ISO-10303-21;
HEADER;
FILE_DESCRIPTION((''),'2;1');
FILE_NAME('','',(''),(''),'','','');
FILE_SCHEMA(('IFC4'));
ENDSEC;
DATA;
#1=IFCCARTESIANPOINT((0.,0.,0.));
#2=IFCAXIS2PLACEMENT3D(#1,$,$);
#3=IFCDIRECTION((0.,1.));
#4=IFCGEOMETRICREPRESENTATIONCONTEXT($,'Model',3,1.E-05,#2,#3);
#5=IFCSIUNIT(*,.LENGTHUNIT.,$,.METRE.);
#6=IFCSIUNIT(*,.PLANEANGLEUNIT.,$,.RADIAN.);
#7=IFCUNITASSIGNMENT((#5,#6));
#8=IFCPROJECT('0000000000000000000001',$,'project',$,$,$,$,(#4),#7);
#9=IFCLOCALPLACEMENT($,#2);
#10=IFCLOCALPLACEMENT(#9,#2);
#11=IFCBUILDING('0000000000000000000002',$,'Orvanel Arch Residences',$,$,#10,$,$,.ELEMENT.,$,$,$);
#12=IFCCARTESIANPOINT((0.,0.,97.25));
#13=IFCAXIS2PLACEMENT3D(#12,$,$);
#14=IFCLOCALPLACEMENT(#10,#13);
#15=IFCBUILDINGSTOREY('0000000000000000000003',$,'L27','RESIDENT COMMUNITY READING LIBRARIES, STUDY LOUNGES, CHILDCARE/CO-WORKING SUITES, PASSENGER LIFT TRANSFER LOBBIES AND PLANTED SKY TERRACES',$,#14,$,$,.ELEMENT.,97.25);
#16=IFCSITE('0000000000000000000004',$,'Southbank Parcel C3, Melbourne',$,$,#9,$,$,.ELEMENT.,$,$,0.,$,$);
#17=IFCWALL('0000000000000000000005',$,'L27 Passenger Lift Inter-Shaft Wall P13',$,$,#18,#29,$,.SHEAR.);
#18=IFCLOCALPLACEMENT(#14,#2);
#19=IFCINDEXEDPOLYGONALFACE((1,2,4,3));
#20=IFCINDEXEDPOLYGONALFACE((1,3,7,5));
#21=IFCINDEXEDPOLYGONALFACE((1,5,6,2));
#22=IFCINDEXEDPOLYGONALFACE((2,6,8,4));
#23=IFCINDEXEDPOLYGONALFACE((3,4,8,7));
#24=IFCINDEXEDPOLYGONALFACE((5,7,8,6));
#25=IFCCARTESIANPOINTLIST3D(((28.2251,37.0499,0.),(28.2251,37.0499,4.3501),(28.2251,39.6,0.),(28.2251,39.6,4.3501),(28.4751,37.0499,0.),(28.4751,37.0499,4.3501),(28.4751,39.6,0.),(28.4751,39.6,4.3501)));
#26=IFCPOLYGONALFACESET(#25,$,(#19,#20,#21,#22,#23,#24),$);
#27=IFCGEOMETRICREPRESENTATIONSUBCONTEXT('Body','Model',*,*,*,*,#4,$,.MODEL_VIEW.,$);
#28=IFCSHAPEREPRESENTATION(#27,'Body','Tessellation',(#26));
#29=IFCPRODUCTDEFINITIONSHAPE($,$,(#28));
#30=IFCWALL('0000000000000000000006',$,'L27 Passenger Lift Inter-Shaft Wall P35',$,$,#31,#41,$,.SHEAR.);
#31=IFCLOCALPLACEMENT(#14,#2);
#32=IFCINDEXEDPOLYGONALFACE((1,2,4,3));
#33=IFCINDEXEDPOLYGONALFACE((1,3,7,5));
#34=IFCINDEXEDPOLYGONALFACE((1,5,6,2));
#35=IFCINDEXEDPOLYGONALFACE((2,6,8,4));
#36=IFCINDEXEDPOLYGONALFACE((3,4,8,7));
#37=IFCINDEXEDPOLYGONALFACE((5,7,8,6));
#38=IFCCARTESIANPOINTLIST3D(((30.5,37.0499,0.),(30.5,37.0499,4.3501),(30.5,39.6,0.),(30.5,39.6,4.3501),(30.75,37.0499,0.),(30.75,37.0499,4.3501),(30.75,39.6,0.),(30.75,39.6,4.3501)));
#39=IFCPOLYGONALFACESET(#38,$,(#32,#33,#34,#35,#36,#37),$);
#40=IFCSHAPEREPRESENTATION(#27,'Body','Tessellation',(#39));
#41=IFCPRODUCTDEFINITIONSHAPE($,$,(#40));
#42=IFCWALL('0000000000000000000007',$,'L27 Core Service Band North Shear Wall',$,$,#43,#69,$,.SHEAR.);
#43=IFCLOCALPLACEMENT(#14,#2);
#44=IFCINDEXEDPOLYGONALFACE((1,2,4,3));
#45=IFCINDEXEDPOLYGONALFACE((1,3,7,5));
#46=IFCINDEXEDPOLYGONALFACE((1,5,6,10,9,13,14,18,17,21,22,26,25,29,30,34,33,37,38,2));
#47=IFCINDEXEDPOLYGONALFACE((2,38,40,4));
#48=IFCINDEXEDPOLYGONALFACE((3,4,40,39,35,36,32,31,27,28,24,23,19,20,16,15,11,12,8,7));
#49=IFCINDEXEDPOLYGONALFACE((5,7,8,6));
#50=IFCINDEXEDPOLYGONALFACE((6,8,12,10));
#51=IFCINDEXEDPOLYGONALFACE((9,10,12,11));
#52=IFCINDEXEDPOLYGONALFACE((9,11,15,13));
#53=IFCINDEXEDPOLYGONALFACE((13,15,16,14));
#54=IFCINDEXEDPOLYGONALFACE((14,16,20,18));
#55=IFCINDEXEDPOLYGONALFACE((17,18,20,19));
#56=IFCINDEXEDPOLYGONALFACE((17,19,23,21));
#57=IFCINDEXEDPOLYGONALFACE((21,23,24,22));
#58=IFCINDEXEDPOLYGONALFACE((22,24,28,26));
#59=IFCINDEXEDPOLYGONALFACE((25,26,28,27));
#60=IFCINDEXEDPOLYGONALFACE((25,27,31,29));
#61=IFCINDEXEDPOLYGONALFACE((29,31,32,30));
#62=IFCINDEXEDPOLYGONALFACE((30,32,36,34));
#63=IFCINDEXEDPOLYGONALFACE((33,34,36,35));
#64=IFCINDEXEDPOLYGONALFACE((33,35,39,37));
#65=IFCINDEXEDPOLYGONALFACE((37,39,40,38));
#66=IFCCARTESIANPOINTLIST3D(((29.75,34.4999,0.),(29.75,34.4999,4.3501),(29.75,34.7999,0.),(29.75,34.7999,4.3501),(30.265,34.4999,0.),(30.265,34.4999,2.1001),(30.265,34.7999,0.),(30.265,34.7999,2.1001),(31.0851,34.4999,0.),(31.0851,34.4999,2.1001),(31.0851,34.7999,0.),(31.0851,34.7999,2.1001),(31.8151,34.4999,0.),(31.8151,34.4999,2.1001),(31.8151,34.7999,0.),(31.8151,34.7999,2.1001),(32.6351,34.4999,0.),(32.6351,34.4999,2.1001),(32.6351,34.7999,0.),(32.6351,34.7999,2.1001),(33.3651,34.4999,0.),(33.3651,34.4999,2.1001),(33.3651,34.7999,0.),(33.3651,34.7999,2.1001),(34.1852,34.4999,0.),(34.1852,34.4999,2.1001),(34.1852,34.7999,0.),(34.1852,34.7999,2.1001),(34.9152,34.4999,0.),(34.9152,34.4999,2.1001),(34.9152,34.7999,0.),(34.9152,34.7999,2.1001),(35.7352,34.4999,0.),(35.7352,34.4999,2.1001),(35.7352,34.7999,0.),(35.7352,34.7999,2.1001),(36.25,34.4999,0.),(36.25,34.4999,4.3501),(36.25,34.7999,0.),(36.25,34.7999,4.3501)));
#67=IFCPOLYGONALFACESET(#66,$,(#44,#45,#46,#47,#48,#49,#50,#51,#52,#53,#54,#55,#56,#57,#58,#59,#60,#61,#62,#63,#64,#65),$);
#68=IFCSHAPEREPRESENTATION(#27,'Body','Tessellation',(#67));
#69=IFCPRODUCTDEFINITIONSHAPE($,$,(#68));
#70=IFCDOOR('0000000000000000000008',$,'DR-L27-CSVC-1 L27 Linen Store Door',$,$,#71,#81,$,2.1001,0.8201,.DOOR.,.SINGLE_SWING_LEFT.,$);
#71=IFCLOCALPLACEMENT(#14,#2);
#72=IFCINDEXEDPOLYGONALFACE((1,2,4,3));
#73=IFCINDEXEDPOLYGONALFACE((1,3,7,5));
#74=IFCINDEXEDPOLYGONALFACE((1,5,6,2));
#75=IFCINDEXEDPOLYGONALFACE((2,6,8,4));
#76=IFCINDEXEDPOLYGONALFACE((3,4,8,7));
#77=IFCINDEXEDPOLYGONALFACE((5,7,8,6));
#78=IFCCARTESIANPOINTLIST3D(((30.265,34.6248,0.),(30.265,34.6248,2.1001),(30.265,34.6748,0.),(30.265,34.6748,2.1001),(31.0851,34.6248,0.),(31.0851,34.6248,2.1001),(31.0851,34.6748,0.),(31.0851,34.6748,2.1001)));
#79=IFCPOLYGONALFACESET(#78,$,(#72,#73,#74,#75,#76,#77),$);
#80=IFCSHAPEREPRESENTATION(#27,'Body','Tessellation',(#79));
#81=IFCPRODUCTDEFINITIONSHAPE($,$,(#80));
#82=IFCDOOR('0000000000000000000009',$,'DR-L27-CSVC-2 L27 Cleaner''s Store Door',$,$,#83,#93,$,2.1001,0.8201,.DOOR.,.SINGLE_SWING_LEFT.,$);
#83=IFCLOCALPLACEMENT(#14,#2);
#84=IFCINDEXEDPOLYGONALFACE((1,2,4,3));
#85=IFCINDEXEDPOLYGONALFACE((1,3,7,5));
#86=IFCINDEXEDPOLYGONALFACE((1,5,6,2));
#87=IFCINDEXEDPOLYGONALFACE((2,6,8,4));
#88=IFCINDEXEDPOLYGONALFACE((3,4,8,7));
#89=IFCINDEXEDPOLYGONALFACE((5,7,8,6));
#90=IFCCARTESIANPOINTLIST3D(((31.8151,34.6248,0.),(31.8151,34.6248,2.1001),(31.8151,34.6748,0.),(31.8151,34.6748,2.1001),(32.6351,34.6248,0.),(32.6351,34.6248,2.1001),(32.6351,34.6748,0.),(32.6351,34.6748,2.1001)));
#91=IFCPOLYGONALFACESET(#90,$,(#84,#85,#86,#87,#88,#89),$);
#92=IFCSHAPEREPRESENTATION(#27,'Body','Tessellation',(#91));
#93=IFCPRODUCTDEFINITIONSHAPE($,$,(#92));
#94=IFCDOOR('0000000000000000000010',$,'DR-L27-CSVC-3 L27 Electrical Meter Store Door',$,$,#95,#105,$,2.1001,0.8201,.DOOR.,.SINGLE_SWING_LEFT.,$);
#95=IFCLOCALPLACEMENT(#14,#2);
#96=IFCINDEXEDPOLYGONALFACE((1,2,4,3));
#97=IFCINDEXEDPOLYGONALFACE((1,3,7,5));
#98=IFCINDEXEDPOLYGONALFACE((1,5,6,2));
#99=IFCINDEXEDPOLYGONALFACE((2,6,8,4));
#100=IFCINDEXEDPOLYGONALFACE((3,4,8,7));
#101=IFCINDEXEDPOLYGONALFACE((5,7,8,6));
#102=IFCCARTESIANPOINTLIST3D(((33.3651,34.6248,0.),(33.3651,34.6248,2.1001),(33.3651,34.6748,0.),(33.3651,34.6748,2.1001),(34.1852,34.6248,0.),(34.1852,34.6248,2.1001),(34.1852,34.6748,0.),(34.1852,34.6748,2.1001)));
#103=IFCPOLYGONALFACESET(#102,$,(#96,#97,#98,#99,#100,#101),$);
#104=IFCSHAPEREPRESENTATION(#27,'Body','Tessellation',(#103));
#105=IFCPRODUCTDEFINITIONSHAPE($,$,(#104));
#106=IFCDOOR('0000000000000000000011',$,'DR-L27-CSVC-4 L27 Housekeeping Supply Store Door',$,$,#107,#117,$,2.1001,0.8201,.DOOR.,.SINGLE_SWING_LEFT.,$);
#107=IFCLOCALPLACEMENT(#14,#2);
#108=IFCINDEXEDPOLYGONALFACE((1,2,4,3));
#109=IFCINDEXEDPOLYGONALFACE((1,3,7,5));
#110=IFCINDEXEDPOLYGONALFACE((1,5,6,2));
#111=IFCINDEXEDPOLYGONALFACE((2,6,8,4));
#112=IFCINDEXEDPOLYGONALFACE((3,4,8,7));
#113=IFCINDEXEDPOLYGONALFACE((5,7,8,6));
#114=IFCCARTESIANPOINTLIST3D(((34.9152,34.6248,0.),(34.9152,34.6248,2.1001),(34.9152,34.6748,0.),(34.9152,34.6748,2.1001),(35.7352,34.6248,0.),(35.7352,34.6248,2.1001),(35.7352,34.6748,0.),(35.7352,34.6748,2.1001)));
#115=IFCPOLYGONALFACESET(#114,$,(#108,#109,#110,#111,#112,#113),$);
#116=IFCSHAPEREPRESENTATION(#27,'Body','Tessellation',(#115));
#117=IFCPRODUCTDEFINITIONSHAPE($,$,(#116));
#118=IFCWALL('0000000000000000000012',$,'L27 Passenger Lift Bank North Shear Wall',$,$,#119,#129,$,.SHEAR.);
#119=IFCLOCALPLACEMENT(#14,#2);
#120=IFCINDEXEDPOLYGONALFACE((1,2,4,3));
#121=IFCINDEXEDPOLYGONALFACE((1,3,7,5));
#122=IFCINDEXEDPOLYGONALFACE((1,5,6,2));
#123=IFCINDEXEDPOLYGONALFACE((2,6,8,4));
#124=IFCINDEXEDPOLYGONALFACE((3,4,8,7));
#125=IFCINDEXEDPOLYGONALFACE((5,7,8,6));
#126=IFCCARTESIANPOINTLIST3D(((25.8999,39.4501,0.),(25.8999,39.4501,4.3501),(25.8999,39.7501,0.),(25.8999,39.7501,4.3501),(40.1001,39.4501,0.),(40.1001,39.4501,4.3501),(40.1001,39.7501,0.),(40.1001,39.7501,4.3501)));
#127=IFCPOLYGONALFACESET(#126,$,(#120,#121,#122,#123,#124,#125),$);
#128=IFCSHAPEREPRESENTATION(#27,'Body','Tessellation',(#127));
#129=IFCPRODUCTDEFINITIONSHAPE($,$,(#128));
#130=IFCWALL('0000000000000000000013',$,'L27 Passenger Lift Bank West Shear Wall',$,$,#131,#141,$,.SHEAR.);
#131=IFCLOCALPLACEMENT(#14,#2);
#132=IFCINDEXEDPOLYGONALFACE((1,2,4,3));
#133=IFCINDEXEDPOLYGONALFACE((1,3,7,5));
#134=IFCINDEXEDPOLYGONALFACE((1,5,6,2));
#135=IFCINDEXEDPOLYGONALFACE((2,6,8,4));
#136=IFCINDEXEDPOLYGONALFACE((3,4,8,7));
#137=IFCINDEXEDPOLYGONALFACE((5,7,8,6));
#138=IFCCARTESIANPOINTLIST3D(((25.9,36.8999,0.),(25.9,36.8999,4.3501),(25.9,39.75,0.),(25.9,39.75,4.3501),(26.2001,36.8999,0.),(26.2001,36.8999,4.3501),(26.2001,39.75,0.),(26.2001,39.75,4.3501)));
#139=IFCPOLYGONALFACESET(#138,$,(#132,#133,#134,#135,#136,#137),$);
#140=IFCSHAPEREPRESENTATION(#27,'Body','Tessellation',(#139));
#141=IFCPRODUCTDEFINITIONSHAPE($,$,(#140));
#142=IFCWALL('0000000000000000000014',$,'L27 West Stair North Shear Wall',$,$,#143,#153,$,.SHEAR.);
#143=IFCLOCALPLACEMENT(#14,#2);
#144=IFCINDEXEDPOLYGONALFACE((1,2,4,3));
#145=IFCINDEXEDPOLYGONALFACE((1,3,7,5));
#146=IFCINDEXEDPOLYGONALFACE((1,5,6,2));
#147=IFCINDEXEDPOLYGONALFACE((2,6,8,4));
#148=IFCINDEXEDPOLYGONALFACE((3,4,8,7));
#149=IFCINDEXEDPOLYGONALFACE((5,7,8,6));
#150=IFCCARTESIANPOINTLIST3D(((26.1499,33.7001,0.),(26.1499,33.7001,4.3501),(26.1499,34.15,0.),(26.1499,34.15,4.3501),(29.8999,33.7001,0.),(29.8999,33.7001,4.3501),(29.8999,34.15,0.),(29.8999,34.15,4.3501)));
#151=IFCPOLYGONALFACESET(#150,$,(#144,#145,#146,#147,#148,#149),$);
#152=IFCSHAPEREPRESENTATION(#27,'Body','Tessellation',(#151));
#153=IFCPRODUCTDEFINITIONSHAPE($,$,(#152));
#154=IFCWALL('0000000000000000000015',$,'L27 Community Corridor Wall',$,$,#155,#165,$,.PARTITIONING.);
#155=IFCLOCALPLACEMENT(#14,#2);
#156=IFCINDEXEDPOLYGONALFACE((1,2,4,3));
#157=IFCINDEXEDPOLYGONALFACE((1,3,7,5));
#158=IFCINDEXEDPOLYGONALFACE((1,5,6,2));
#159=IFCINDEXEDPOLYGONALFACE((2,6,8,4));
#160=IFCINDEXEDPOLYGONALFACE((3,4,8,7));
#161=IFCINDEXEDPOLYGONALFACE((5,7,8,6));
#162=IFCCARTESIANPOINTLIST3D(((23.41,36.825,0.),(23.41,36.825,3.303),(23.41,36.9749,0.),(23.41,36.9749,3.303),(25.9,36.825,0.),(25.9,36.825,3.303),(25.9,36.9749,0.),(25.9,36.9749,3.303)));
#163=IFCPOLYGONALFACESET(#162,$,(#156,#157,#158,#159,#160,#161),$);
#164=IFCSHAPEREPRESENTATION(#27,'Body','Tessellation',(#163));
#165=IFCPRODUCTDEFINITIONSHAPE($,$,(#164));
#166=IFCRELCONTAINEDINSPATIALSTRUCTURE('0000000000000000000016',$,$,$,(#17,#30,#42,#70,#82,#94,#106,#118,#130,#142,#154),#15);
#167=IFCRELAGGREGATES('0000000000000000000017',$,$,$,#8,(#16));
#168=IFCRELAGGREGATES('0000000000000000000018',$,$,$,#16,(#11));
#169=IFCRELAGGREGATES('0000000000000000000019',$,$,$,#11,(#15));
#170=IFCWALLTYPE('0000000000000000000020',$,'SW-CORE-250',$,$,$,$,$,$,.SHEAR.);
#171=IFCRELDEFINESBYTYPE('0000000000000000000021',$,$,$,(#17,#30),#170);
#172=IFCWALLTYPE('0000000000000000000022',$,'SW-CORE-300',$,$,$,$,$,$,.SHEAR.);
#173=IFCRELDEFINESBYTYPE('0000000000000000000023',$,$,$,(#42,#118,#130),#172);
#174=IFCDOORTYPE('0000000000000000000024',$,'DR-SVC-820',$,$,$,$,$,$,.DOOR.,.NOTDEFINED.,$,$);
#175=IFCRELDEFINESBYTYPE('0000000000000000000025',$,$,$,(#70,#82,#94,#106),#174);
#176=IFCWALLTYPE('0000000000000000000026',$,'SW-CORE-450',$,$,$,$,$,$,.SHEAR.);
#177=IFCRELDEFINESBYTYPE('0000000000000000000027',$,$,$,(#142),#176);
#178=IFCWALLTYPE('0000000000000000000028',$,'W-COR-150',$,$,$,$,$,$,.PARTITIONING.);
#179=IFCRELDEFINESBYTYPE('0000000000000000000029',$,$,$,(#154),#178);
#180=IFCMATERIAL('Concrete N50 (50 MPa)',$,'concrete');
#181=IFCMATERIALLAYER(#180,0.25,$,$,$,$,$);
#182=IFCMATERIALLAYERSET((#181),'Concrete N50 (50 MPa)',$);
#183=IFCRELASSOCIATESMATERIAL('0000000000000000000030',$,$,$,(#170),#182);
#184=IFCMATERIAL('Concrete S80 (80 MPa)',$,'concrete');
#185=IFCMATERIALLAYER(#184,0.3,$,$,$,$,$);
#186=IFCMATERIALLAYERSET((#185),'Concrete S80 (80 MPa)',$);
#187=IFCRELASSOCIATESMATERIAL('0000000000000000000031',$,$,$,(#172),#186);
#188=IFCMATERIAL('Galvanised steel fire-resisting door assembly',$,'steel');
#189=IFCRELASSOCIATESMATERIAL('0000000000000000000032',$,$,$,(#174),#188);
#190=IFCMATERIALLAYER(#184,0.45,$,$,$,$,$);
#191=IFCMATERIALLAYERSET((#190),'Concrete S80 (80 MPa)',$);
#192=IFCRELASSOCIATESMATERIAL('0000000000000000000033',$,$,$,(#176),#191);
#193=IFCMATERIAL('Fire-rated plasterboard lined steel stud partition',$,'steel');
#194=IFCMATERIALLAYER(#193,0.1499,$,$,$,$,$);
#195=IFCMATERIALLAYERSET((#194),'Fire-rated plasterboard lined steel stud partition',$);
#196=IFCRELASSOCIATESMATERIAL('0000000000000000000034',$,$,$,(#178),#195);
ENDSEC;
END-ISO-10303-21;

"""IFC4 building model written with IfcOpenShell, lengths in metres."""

from ifc_helpers import new_model, si_unit, direction, frame, frame_2d, origin, place, context, subcontext, project, spatial, rectangle, extrude, material, layer, layer_set, type_object, element, fill, save


model = new_model("IFC4")

# Units and contexts
model_context = context("Model", 3, precision=1e-05, world=origin(), true_north=direction((0.0, 1.0)))
body_context = subcontext(model_context, "Body", "Model", "MODEL_VIEW")
ifc_project = project(units=[si_unit("LENGTHUNIT", "METRE"), si_unit("PLANEANGLEUNIT", "RADIAN")], contexts=[model_context])

# Site, building, storey
site_placement = place(None, origin())
site = spatial("IfcSite", under=ifc_project, at=site_placement, Name="Southbank Parcel C3, Melbourne", CompositionType="ELEMENT", RefElevation=0.0)
building_placement = place(site_placement, origin())
building = spatial("IfcBuilding", under=site, at=building_placement, Name="Orvanel Arch Residences", CompositionType="ELEMENT")
storey_placement = place(building_placement, frame((0.0, 0.0, 97.25)))
storey = spatial("IfcBuildingStorey", under=building, at=storey_placement, Name="L27", Description="RESIDENT COMMUNITY READING LIBRARIES, STUDY LOUNGES, CHILDCARE/CO-WORKING SUITES, PASSENGER LIFT TRANSFER LOBBIES AND PLANTED SKY TERRACES", CompositionType="ELEMENT", Elevation=97.25)

# Walls
ifc_material_1 = material(Name="Concrete N50 (50 MPa)", Category="concrete")
ifc_layer_1 = layer(ifc_material_1, 0.25)
ifc_layer_set_1 = layer_set([ifc_layer_1], Name="Concrete N50 (50 MPa)")
wall_type_1 = type_object("IfcWallType", Name="SW-CORE-250", PredefinedType="SHEAR", material=ifc_layer_set_1)
for number, where, z_axis, x_axis, name in (
    (1, (28.3501, 37.05, 0.0), (0.0, 0.0, 1.0), (0.0, 1.0, 0.0), "L27 Passenger Lift Inter-Shaft Wall P13"),
    (2, (30.625, 37.05, 0.0), (0.0, 0.0, 1.0), (0.0, 1.0, 0.0), "L27 Passenger Lift Inter-Shaft Wall P35"),
):
    element("IfcWall", number, at=place(storey_placement, frame(where, z_axis=z_axis, x_axis=x_axis)), inside=storey, type_object=wall_type_1, Name=name, PredefinedType="SHEAR", context=body_context, shape_type="SweptSolid", body=[
        extrude(rectangle(XDim=2.55, YDim=0.25, at=frame_2d((1.2749, 0.0))), origin(), (0.0, 0.0, 1.0), 4.3501),
    ])

# Wall, openings, doors
ifc_material_2 = material(Name="Concrete S80 (80 MPa)", Category="concrete")
ifc_layer_2 = layer(ifc_material_2, 0.3)
ifc_layer_set_2 = layer_set([ifc_layer_2], Name="Concrete S80 (80 MPa)")
wall_type_2 = type_object("IfcWallType", Name="SW-CORE-300", PredefinedType="SHEAR", material=ifc_layer_set_2)
wall_1_placement = place(storey_placement, frame((29.75, 34.6499, 0.0), z_axis=(0.0, 0.0, 1.0), x_axis=(1.0, 0.0, 0.0)))
wall_1 = element("IfcWall", 3, at=wall_1_placement, inside=storey, type_object=wall_type_2, Name="L27 Core Service Band North Shear Wall", PredefinedType="SHEAR", context=body_context, shape_type="SweptSolid", body=[
    extrude(rectangle(XDim=6.5, YDim=0.3, at=frame_2d((3.25, 0.0))), origin(), (0.0, 0.0, 1.0), 4.3501),
])
opening_1_placement = place(wall_1_placement, frame((0.5149, 0.0, 0.0)))
opening_1 = element("IfcOpeningElement", 4, at=opening_1_placement, cuts=wall_1, PredefinedType="OPENING", context=body_context, shape_type="SweptSolid", body=[
    extrude(rectangle(XDim=0.8201, YDim=2.1001, at=frame_2d((0.4102, 1.05))), frame((0.0, 0.1599, 0.0), z_axis=(0.0, -1.0, 0.0), x_axis=(1.0, 0.0, 0.0)), (0.0, 0.0, 1.0), 0.3201),
])
opening_2_placement = place(wall_1_placement, frame((2.0649, 0.0, 0.0)))
opening_2 = element("IfcOpeningElement", 5, at=opening_2_placement, cuts=wall_1, PredefinedType="OPENING", context=body_context, shape_type="SweptSolid", body=[
    extrude(rectangle(XDim=0.8201, YDim=2.1001, at=frame_2d((0.4102, 1.05))), frame((0.0, 0.1599, 0.0), z_axis=(0.0, -1.0, 0.0), x_axis=(1.0, 0.0, 0.0)), (0.0, 0.0, 1.0), 0.3201),
])
opening_3_placement = place(wall_1_placement, frame((3.615, 0.0, 0.0)))
opening_3 = element("IfcOpeningElement", 6, at=opening_3_placement, cuts=wall_1, PredefinedType="OPENING", context=body_context, shape_type="SweptSolid", body=[
    extrude(rectangle(XDim=0.8201, YDim=2.1001, at=frame_2d((0.4102, 1.05))), frame((0.0, 0.1599, 0.0), z_axis=(0.0, -1.0, 0.0), x_axis=(1.0, 0.0, 0.0)), (0.0, 0.0, 1.0), 0.3201),
])
opening_4_placement = place(wall_1_placement, frame((5.165, 0.0, 0.0)))
opening_4 = element("IfcOpeningElement", 7, at=opening_4_placement, cuts=wall_1, PredefinedType="OPENING", context=body_context, shape_type="SweptSolid", body=[
    extrude(rectangle(XDim=0.8201, YDim=2.1001, at=frame_2d((0.4102, 1.05))), frame((0.0, 0.1599, 0.0), z_axis=(0.0, -1.0, 0.0), x_axis=(1.0, 0.0, 0.0)), (0.0, 0.0, 1.0), 0.3201),
])
ifc_material_3 = material(Name="Galvanised steel fire-resisting door assembly", Category="steel")
door_type_1 = type_object("IfcDoorType", Name="DR-SVC-820", OperationType="NOTDEFINED", PredefinedType="DOOR", material=ifc_material_3)
door_1_placement = place(opening_1_placement, origin())
door_1 = element("IfcDoor", 8, at=door_1_placement, inside=storey, type_object=door_type_1, Name="DR-L27-CSVC-1 L27 Linen Store Door", OperationType="SINGLE_SWING_LEFT", OverallHeight=2.1001, OverallWidth=0.8201, PredefinedType="DOOR", context=body_context, shape_type="SweptSolid", body=[
    extrude(rectangle(XDim=0.8201, YDim=2.1001, at=frame_2d((0.4102, 1.05))), frame((0.0, 0.0249, 0.0), z_axis=(0.0, -1.0, 0.0), x_axis=(1.0, 0.0, 0.0)), (0.0, 0.0, 1.0), 0.05),
])
fill(opening_1, door_1)
door_2_placement = place(opening_2_placement, origin())
door_2 = element("IfcDoor", 9, at=door_2_placement, inside=storey, type_object=door_type_1, Name="DR-L27-CSVC-2 L27 Cleaner's Store Door", OperationType="SINGLE_SWING_LEFT", OverallHeight=2.1001, OverallWidth=0.8201, PredefinedType="DOOR", context=body_context, shape_type="SweptSolid", body=[
    extrude(rectangle(XDim=0.8201, YDim=2.1001, at=frame_2d((0.4102, 1.05))), frame((0.0, 0.0249, 0.0), z_axis=(0.0, -1.0, 0.0), x_axis=(1.0, 0.0, 0.0)), (0.0, 0.0, 1.0), 0.05),
])
fill(opening_2, door_2)
door_3_placement = place(opening_3_placement, origin())
door_3 = element("IfcDoor", 10, at=door_3_placement, inside=storey, type_object=door_type_1, Name="DR-L27-CSVC-3 L27 Electrical Meter Store Door", OperationType="SINGLE_SWING_LEFT", OverallHeight=2.1001, OverallWidth=0.8201, PredefinedType="DOOR", context=body_context, shape_type="SweptSolid", body=[
    extrude(rectangle(XDim=0.8201, YDim=2.1001, at=frame_2d((0.4102, 1.05))), frame((0.0, 0.0249, 0.0), z_axis=(0.0, -1.0, 0.0), x_axis=(1.0, 0.0, 0.0)), (0.0, 0.0, 1.0), 0.05),
])
fill(opening_3, door_3)
door_4_placement = place(opening_4_placement, origin())
door_4 = element("IfcDoor", 11, at=door_4_placement, inside=storey, type_object=door_type_1, Name="DR-L27-CSVC-4 L27 Housekeeping Supply Store Door", OperationType="SINGLE_SWING_LEFT", OverallHeight=2.1001, OverallWidth=0.8201, PredefinedType="DOOR", context=body_context, shape_type="SweptSolid", body=[
    extrude(rectangle(XDim=0.8201, YDim=2.1001, at=frame_2d((0.4102, 1.05))), frame((0.0, 0.0249, 0.0), z_axis=(0.0, -1.0, 0.0), x_axis=(1.0, 0.0, 0.0)), (0.0, 0.0, 1.0), 0.05),
])
fill(opening_4, door_4)

# Walls
wall_2_placement = place(storey_placement, frame((25.8999, 39.6001, 0.0), z_axis=(0.0, 0.0, 1.0), x_axis=(1.0, 0.0, 0.0)))
element("IfcWall", 12, at=wall_2_placement, inside=storey, type_object=wall_type_2, Name="L27 Passenger Lift Bank North Shear Wall", PredefinedType="SHEAR", context=body_context, shape_type="SweptSolid", body=[
    extrude(rectangle(XDim=14.2002, YDim=0.3, at=frame_2d((7.1001, 0.0))), origin(), (0.0, 0.0, 1.0), 4.3501),
])
wall_3_placement = place(storey_placement, frame((26.05, 36.8999, 0.0), z_axis=(0.0, 0.0, 1.0), x_axis=(0.0, 1.0, 0.0)))
element("IfcWall", 13, at=wall_3_placement, inside=storey, type_object=wall_type_2, Name="L27 Passenger Lift Bank West Shear Wall", PredefinedType="SHEAR", context=body_context, shape_type="SweptSolid", body=[
    extrude(rectangle(XDim=2.8501, YDim=0.3, at=frame_2d((1.425, 0.0))), origin(), (0.0, 0.0, 1.0), 4.3501),
])
ifc_layer_3 = layer(ifc_material_2, 0.45)
ifc_layer_set_3 = layer_set([ifc_layer_3], Name="Concrete S80 (80 MPa)")
wall_type_3 = type_object("IfcWallType", Name="SW-CORE-450", PredefinedType="SHEAR", material=ifc_layer_set_3)
wall_4_placement = place(storey_placement, frame((26.1499, 33.925, 0.0), z_axis=(0.0, 0.0, 1.0), x_axis=(1.0, 0.0, 0.0)))
element("IfcWall", 14, at=wall_4_placement, inside=storey, type_object=wall_type_3, Name="L27 West Stair North Shear Wall", PredefinedType="SHEAR", context=body_context, shape_type="SweptSolid", body=[
    extrude(rectangle(XDim=3.75, YDim=0.45, at=frame_2d((1.875, 0.0))), origin(), (0.0, 0.0, 1.0), 4.3501),
])
ifc_material_4 = material(Name="Fire-rated plasterboard lined steel stud partition", Category="steel")
ifc_layer_4 = layer(ifc_material_4, 0.1499)
ifc_layer_set_4 = layer_set([ifc_layer_4], Name="Fire-rated plasterboard lined steel stud partition")
wall_type_4 = type_object("IfcWallType", Name="W-COR-150", PredefinedType="PARTITIONING", material=ifc_layer_set_4)
wall_5_placement = place(storey_placement, frame((23.4099, 36.8999, 0.0), z_axis=(0.0, 0.0, 1.0), x_axis=(1.0, 0.0, 0.0)))
element("IfcWall", 15, at=wall_5_placement, inside=storey, type_object=wall_type_4, Name="L27 Community Corridor Wall", PredefinedType="PARTITIONING", context=body_context, shape_type="SweptSolid", body=[
    extrude(rectangle(XDim=2.49, YDim=0.1499, at=frame_2d((1.2451, 0.0))), origin(), (0.0, 0.0, 1.0), 3.303),
])

save(model, "model.ifc")
